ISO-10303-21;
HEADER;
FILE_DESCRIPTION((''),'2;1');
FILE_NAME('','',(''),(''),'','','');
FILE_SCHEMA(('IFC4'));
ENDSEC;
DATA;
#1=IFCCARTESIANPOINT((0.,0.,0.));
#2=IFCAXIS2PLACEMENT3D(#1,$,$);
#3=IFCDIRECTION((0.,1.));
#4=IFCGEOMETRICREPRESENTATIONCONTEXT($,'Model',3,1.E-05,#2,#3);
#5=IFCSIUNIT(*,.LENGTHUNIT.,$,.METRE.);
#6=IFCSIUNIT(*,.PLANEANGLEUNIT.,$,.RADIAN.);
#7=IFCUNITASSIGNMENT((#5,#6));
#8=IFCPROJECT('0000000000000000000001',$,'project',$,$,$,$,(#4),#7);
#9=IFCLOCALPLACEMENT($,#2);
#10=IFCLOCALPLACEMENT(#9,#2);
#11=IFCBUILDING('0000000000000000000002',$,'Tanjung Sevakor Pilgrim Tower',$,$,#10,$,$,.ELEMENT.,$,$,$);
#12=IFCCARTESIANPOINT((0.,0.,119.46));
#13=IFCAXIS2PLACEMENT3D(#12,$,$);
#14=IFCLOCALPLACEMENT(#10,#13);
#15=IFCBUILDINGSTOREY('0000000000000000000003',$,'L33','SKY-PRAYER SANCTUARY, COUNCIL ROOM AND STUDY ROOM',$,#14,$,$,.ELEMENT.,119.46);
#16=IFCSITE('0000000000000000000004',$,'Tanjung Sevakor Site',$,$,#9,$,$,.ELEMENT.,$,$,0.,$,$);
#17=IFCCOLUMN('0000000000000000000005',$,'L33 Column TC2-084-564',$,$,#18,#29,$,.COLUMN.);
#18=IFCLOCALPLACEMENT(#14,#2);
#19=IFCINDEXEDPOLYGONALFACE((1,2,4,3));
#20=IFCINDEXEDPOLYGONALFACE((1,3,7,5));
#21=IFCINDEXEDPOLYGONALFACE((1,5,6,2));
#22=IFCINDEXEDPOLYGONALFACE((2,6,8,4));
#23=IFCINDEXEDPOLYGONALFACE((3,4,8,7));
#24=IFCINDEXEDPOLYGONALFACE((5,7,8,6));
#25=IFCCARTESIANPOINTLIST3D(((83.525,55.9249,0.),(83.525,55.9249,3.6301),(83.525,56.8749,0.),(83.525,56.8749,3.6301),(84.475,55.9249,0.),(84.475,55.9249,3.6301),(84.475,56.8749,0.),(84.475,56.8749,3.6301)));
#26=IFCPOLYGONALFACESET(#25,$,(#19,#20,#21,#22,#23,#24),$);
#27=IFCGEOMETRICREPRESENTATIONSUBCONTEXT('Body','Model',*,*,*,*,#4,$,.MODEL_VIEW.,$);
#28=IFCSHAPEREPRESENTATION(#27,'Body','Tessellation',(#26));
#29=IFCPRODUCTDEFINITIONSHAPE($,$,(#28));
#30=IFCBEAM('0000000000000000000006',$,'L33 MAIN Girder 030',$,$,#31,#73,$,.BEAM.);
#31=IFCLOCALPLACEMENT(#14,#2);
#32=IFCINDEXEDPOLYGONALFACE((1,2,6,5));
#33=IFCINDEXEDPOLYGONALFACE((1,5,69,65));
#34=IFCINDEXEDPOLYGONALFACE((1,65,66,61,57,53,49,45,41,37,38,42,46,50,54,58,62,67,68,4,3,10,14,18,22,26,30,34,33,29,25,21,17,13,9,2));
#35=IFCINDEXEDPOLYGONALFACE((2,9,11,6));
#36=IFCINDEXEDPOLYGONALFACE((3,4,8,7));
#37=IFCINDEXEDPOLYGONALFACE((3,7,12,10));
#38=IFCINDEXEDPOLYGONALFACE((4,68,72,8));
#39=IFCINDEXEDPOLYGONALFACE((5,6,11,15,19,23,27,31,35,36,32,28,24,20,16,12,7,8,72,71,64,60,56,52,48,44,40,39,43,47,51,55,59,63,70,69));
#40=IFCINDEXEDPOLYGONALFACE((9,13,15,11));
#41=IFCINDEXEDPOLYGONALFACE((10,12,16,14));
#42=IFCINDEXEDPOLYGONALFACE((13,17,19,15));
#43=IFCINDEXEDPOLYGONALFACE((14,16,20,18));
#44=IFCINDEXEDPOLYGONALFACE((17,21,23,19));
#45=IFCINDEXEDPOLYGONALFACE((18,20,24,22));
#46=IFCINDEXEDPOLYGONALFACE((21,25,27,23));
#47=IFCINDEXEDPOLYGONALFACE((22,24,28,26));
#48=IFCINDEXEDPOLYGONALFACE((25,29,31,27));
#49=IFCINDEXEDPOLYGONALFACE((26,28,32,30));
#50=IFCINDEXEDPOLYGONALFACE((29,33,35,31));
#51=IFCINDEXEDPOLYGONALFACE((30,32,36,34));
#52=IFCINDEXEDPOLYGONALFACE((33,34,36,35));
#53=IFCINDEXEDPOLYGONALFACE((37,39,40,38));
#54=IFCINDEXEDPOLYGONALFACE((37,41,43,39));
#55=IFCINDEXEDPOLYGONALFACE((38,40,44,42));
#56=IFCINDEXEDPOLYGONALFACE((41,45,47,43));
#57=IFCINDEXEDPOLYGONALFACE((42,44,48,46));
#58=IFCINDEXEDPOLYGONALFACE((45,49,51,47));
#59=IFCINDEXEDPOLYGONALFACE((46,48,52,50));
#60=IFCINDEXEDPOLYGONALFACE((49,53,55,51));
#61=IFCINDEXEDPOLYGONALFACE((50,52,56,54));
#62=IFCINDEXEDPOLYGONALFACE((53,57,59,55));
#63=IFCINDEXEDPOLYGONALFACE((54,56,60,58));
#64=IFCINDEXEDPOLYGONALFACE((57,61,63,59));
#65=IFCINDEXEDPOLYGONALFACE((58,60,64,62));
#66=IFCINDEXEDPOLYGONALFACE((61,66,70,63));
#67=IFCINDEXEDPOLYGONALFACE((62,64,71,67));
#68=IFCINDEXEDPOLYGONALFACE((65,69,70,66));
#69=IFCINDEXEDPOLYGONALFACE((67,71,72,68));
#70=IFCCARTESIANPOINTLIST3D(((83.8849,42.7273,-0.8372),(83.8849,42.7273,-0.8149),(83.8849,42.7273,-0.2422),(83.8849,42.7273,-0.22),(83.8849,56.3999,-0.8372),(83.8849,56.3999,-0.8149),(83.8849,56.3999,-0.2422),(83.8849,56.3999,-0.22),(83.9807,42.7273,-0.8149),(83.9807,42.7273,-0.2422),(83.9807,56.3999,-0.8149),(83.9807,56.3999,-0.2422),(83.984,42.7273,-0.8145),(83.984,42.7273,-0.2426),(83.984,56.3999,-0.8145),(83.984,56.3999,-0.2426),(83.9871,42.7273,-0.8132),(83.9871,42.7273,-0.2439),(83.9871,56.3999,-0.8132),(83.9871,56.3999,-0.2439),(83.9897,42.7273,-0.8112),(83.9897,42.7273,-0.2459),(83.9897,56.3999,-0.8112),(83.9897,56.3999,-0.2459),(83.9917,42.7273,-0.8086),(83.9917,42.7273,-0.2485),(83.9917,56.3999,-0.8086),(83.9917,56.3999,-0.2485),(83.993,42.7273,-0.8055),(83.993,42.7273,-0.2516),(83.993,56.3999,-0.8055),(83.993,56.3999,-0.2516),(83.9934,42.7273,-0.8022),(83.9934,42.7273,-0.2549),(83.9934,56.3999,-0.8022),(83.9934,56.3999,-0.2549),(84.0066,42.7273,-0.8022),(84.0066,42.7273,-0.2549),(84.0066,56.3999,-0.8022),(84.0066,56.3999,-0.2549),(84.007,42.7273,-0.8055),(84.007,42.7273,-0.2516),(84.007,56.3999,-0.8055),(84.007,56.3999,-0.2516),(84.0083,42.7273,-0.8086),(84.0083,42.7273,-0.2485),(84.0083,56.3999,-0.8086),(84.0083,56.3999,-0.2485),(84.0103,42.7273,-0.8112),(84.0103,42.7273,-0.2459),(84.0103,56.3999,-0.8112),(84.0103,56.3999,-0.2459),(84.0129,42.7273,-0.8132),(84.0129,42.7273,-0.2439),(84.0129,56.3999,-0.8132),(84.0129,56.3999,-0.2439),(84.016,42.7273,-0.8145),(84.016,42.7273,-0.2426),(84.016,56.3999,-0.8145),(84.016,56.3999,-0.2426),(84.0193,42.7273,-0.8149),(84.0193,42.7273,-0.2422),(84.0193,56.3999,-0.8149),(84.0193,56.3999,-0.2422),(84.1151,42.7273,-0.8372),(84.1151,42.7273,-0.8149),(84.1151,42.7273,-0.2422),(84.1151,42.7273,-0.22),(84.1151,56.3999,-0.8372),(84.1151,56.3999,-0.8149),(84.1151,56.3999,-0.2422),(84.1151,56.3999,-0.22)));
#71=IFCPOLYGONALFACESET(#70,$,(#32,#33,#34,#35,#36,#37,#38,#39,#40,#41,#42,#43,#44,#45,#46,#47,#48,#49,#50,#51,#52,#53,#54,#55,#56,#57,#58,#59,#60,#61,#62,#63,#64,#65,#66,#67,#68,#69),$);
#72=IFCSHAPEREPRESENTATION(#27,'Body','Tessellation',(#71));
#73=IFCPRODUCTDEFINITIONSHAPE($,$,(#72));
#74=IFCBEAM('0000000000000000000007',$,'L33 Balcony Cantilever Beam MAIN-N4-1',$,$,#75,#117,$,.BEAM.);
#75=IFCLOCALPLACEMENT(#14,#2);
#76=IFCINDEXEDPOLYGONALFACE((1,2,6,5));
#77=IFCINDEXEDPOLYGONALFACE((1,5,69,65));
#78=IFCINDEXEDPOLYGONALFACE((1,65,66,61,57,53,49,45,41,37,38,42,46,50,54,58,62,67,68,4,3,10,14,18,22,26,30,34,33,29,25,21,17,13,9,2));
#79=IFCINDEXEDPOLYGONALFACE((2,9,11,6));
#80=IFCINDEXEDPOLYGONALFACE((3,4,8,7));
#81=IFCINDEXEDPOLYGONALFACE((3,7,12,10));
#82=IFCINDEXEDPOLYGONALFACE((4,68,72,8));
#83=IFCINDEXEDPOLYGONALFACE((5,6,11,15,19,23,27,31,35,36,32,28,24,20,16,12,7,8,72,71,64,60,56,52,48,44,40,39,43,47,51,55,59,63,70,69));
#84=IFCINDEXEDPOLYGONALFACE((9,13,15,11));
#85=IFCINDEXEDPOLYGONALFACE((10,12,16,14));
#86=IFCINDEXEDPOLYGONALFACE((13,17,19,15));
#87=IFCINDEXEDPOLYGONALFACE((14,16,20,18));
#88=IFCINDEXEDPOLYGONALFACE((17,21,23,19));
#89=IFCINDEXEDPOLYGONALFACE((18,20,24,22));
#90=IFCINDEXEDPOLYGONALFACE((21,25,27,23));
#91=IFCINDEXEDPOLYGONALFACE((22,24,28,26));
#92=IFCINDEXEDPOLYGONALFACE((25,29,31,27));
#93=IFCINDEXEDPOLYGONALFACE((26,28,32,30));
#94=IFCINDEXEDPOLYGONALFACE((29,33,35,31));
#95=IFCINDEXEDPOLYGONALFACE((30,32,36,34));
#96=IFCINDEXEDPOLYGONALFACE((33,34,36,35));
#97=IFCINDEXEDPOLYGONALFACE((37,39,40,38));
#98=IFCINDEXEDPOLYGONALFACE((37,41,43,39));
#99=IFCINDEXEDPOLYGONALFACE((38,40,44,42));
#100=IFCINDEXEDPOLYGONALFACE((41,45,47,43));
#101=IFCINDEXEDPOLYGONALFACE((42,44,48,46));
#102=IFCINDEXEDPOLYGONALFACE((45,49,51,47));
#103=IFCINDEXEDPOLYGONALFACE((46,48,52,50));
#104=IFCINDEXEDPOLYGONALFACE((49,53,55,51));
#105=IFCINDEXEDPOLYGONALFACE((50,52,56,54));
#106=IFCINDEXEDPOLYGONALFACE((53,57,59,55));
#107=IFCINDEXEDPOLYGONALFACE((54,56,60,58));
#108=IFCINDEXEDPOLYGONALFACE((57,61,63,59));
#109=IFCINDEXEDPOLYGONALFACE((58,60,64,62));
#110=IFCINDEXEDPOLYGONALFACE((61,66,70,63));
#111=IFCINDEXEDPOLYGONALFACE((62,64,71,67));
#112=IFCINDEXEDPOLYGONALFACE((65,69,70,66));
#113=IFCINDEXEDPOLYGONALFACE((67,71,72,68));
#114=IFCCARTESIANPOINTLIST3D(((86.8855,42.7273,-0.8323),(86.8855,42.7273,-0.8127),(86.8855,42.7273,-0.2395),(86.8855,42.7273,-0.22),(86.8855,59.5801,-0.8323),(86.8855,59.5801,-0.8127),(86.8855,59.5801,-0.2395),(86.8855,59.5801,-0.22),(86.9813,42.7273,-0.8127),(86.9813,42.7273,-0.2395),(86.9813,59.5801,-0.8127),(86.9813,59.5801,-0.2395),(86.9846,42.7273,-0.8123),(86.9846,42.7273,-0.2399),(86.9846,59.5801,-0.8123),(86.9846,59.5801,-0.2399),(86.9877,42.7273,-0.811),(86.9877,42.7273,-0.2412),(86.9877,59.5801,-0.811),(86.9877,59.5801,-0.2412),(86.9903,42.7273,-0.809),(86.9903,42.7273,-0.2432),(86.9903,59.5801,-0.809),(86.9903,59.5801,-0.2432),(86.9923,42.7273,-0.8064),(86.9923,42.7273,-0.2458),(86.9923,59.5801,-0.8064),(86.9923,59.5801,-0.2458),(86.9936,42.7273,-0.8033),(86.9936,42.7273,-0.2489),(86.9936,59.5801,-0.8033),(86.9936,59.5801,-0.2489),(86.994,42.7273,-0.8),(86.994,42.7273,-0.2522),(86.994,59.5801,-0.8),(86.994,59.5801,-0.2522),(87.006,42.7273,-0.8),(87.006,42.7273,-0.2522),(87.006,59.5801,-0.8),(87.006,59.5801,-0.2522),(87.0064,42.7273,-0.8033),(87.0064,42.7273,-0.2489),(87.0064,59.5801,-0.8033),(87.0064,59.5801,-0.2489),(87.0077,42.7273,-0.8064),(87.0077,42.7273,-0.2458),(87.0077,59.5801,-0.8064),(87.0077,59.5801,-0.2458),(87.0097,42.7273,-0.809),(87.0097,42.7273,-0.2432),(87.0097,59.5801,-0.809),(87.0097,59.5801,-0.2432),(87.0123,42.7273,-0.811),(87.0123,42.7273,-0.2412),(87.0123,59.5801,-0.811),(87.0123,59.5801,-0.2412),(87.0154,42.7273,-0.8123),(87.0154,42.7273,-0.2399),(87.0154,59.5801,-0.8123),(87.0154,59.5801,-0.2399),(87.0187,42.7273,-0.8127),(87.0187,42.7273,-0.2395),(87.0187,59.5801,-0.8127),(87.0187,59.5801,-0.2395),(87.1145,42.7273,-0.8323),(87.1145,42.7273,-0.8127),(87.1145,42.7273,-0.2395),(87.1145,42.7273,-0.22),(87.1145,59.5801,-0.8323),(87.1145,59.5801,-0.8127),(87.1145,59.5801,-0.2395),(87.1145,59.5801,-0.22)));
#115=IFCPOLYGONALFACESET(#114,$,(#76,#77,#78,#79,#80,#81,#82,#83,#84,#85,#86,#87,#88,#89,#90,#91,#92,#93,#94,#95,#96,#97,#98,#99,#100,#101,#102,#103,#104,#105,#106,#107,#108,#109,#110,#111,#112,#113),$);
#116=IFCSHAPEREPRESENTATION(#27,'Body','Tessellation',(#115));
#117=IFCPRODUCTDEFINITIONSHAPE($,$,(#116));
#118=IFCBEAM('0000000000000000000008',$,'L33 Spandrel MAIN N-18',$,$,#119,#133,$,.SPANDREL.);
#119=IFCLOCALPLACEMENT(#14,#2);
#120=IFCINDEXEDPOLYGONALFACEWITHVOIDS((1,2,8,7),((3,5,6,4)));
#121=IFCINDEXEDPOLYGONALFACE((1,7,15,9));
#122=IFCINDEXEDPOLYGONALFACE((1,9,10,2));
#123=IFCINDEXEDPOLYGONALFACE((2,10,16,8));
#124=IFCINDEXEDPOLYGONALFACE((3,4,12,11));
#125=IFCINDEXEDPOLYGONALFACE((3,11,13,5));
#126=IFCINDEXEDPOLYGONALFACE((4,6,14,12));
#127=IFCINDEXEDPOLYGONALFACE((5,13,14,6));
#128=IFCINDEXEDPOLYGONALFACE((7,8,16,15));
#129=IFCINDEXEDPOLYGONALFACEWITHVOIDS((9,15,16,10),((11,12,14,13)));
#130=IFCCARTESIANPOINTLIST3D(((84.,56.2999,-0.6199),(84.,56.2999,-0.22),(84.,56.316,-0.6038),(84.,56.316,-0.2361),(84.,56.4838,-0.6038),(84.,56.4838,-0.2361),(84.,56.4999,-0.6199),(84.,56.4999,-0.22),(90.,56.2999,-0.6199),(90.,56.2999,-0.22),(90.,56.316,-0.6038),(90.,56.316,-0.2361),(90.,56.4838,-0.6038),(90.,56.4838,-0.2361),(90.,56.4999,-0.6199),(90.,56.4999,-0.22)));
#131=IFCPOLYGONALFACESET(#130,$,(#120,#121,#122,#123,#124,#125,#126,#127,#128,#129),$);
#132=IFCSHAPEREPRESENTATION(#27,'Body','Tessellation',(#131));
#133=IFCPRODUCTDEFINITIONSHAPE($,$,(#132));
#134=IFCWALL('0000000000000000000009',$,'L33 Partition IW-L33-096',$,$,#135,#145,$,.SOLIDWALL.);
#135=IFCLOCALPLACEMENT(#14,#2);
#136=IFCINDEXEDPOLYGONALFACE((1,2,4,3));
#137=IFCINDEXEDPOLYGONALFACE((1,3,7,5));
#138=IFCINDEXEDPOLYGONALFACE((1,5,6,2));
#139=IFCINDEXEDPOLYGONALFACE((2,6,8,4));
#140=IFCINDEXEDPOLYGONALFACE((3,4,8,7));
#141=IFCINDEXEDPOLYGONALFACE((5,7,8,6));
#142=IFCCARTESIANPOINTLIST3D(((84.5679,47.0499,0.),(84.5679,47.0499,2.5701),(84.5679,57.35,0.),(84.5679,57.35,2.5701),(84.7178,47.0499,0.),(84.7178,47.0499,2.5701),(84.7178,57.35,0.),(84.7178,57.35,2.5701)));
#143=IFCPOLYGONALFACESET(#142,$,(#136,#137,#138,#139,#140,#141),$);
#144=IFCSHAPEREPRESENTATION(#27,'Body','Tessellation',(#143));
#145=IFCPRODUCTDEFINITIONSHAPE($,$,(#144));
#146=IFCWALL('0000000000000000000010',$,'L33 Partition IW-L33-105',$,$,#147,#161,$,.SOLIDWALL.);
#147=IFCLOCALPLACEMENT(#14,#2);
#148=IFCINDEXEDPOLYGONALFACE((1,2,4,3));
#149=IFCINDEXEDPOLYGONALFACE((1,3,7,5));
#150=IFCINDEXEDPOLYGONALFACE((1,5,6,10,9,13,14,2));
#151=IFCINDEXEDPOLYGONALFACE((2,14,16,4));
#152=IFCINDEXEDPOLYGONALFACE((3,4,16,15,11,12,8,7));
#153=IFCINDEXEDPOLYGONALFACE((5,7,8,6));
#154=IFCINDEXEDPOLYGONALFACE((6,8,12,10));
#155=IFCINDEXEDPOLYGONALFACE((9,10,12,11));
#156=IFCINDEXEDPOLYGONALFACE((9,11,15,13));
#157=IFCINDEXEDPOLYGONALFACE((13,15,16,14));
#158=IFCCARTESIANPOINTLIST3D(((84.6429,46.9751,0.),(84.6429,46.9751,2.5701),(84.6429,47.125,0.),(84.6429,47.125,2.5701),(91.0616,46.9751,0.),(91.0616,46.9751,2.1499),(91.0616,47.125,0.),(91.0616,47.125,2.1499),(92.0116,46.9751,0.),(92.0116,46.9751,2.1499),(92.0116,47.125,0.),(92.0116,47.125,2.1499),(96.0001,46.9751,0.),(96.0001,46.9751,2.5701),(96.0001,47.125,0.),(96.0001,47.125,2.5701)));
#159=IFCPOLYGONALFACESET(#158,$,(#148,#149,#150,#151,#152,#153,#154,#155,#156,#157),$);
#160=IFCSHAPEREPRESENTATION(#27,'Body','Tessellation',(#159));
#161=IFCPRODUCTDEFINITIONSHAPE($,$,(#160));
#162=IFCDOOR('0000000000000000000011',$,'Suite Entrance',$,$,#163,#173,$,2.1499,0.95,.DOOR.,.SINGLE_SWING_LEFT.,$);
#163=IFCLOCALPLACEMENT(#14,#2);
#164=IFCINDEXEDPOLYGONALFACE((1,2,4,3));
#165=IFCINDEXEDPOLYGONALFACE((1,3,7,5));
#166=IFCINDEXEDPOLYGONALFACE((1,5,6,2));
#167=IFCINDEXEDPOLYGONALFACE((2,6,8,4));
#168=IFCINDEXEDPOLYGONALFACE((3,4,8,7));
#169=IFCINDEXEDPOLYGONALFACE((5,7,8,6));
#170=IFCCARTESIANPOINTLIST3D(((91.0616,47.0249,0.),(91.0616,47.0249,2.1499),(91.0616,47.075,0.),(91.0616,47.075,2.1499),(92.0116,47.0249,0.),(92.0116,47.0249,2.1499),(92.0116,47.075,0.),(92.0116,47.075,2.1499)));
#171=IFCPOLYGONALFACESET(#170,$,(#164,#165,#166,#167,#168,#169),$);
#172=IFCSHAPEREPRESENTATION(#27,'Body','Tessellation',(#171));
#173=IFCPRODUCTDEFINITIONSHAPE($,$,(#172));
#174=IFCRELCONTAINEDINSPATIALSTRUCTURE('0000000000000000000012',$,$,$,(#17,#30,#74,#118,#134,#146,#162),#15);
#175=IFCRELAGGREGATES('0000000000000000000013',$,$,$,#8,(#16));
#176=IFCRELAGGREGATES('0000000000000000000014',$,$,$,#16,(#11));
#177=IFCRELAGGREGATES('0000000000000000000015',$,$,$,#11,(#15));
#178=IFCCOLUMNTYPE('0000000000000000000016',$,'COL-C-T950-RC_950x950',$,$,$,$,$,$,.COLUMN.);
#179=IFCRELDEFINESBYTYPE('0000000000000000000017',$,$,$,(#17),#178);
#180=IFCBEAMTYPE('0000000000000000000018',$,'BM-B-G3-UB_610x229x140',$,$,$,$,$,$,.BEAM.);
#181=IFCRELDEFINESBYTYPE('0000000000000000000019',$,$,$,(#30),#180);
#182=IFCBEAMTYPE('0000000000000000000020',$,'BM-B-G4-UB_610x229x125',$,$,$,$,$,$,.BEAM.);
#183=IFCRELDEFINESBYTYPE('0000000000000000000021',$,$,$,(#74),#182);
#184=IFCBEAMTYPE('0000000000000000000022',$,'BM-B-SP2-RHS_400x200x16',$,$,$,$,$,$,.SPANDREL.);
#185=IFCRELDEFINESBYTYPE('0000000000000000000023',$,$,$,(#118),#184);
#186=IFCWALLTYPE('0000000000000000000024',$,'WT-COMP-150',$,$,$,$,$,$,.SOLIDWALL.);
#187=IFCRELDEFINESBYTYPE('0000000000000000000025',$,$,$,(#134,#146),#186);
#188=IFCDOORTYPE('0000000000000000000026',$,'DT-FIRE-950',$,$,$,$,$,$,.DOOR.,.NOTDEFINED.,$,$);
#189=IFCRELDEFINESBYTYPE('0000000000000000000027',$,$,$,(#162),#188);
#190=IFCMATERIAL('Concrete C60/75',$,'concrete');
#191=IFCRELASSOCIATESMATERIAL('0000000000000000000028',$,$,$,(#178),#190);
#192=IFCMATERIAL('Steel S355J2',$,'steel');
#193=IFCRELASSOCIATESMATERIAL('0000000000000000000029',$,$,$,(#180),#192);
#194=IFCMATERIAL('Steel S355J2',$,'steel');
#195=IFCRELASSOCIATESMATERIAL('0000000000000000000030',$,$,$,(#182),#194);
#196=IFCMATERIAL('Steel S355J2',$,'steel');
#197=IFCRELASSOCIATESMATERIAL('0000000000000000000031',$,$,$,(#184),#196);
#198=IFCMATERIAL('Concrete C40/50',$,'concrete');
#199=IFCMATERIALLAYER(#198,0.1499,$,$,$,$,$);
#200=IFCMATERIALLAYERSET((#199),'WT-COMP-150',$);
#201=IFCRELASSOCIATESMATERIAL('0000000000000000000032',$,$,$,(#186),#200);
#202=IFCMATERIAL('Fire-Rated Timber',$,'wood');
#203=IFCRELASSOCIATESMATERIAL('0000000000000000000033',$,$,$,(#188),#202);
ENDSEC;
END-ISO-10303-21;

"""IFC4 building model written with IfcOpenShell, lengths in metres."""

from ifc_helpers import new_model, si_unit, direction, frame, frame_2d, origin, origin_2d, place, context, subcontext, project, spatial, rectangle, hollow_rectangle, i_section, extrude, material, layer, layer_set, material_profile, profile_set, type_object, element, fill, save


model = new_model("IFC4")

# Units and contexts
model_context = context("Model", 3, precision=1e-05, world=origin(), true_north=direction((0.0, 1.0)))
body_context = subcontext(model_context, "Body", "Model", "MODEL_VIEW")
ifc_project = project(units=[si_unit("LENGTHUNIT", "METRE"), si_unit("PLANEANGLEUNIT", "RADIAN")], contexts=[model_context])

# Site, building, storey
site_placement = place(None, origin())
site = spatial("IfcSite", under=ifc_project, at=site_placement, Name="Tanjung Sevakor Site", CompositionType="ELEMENT", RefElevation=0.0)
building_placement = place(site_placement, origin())
building = spatial("IfcBuilding", under=site, at=building_placement, Name="Tanjung Sevakor Pilgrim Tower", CompositionType="ELEMENT")
storey_placement = place(building_placement, frame((0.0, 0.0, 119.46)))
storey = spatial("IfcBuildingStorey", under=building, at=storey_placement, Name="L33", Description="SKY-PRAYER SANCTUARY, COUNCIL ROOM AND STUDY ROOM", CompositionType="ELEMENT", Elevation=119.46)

# Column
ifc_material_1 = material(Name="Concrete C60/75", Category="concrete")
ifc_material_profile_1 = material_profile(ifc_material_1, rectangle(XDim=0.95, YDim=0.95, at=origin_2d()))
ifc_profile_set_1 = profile_set([ifc_material_profile_1], Name="Concrete C60/75")
column_type = type_object("IfcColumnType", Name="COL-C-T950-RC_950x950", PredefinedType="COLUMN", material=ifc_profile_set_1)
column_placement = place(storey_placement, frame((84.0, 56.3999, 0.0), z_axis=(0.0, 0.0, 1.0), x_axis=(1.0, 0.0, 0.0)))
element("IfcColumn", 1, at=column_placement, inside=storey, type_object=column_type, Name="L33 Column TC2-084-564", PredefinedType="COLUMN", context=body_context, shape_type="SweptSolid", body=[
    extrude(rectangle(XDim=0.95, YDim=0.95, at=origin_2d()), origin(), (0.0, 0.0, 1.0), 3.6301),
])

# Beams
ifc_material_2 = material(Name="Steel S355J2", Category="steel")
ifc_material_profile_2 = material_profile(ifc_material_2, i_section(OverallWidth=0.2302, OverallDepth=0.6172, WebThickness=0.0132, FlangeThickness=0.0222, FilletRadius=0.0127, at=origin_2d()))
ifc_profile_set_2 = profile_set([ifc_material_profile_2], Name="Steel S355J2")
beam_type_1 = type_object("IfcBeamType", Name="BM-B-G3-UB_610x229x140", PredefinedType="BEAM", material=ifc_profile_set_2)
beam_1_placement = place(storey_placement, frame((84.0, 42.7273, -0.5286), z_axis=(0.0, 1.0, 0.0), x_axis=(-1.0, 0.0, 0.0)))
element("IfcBeam", 2, at=beam_1_placement, inside=storey, type_object=beam_type_1, Name="L33 MAIN Girder 030", PredefinedType="BEAM", context=body_context, shape_type="SweptSolid", body=[
    extrude(i_section(OverallWidth=0.2302, OverallDepth=0.6172, WebThickness=0.0132, FlangeThickness=0.0222, FilletRadius=0.0127, at=origin_2d()), origin(), (0.0, 0.0, 1.0), 13.6726),
])
ifc_material_3 = material(Name="Steel S355J2", Category="steel")
ifc_material_profile_3 = material_profile(ifc_material_3, i_section(OverallWidth=0.229, OverallDepth=0.6123, WebThickness=0.012, FlangeThickness=0.0195, FilletRadius=0.0127, at=origin_2d()))
ifc_profile_set_3 = profile_set([ifc_material_profile_3], Name="Steel S355J2")
beam_type_2 = type_object("IfcBeamType", Name="BM-B-G4-UB_610x229x125", PredefinedType="BEAM", material=ifc_profile_set_3)
beam_2_placement = place(storey_placement, frame((87.0, 42.7273, -0.5261), z_axis=(0.0, 1.0, 0.0), x_axis=(-1.0, 0.0, 0.0)))
element("IfcBeam", 3, at=beam_2_placement, inside=storey, type_object=beam_type_2, Name="L33 Balcony Cantilever Beam MAIN-N4-1", PredefinedType="BEAM", context=body_context, shape_type="SweptSolid", body=[
    extrude(i_section(OverallWidth=0.229, OverallDepth=0.6123, WebThickness=0.012, FlangeThickness=0.0195, FilletRadius=0.0127, at=origin_2d()), origin(), (0.0, 0.0, 1.0), 16.8528),
])
ifc_material_4 = material(Name="Steel S355J2", Category="steel")
ifc_material_profile_4 = material_profile(ifc_material_4, hollow_rectangle(XDim=0.2, YDim=0.3999, WallThickness=0.0161, at=origin_2d()))
ifc_profile_set_4 = profile_set([ifc_material_profile_4], Name="Steel S355J2")
beam_type_3 = type_object("IfcBeamType", Name="BM-B-SP2-RHS_400x200x16", PredefinedType="SPANDREL", material=ifc_profile_set_4)
beam_3_placement = place(storey_placement, frame((84.0, 56.3999, -0.4199), z_axis=(1.0, 0.0, 0.0), x_axis=(0.0, 1.0, 0.0)))
element("IfcBeam", 4, at=beam_3_placement, inside=storey, type_object=beam_type_3, Name="L33 Spandrel MAIN N-18", PredefinedType="SPANDREL", context=body_context, shape_type="SweptSolid", body=[
    extrude(hollow_rectangle(XDim=0.2, YDim=0.3999, WallThickness=0.0161, at=origin_2d()), origin(), (0.0, 0.0, 1.0), 6.0),
])

# Wall
ifc_material_5 = material(Name="Concrete C40/50", Category="concrete")
ifc_layer_1 = layer(ifc_material_5, 0.1499)
ifc_layer_set_1 = layer_set([ifc_layer_1], Name="WT-COMP-150")
wall_type_1 = type_object("IfcWallType", Name="WT-COMP-150", PredefinedType="SOLIDWALL", material=ifc_layer_set_1)
wall_1_placement = place(storey_placement, frame((84.6428, 47.05, 0.0), z_axis=(0.0, 0.0, 1.0), x_axis=(0.0, 1.0, 0.0)))
element("IfcWall", 5, at=wall_1_placement, inside=storey, type_object=wall_type_1, Name="L33 Partition IW-L33-096", PredefinedType="SOLIDWALL", context=body_context, shape_type="SweptSolid", body=[
    extrude(rectangle(XDim=10.3, YDim=0.1499, at=frame_2d((5.1499, 0.0))), origin(), (0.0, 0.0, 1.0), 2.5701),
])

# Wall, opening, door
wall_2_placement = place(storey_placement, frame((84.6428, 47.05, 0.0), z_axis=(0.0, 0.0, 1.0), x_axis=(1.0, 0.0, 0.0)))
wall_2 = element("IfcWall", 6, at=wall_2_placement, inside=storey, type_object=wall_type_1, Name="L33 Partition IW-L33-105", PredefinedType="SOLIDWALL", context=body_context, shape_type="SweptSolid", body=[
    extrude(rectangle(XDim=11.3572, YDim=0.1499, at=frame_2d((5.6787, 0.0))), origin(), (0.0, 0.0, 1.0), 2.5701),
])
opening_1_placement = place(wall_2_placement, frame((6.4187, 0.0, 0.0)))
opening_1 = element("IfcOpeningElement", 7, at=opening_1_placement, cuts=wall_2, PredefinedType="OPENING", context=body_context, shape_type="SweptSolid", body=[
    extrude(rectangle(XDim=0.95, YDim=2.1499, at=frame_2d((0.4751, 1.075))), frame((0.0, 0.085, 0.0), z_axis=(0.0, -1.0, 0.0), x_axis=(1.0, 0.0, 0.0)), (0.0, 0.0, 1.0), 0.1699),
])
ifc_material_6 = material(Name="Fire-Rated Timber", Category="wood")
door_type_1 = type_object("IfcDoorType", Name="DT-FIRE-950", OperationType="NOTDEFINED", PredefinedType="DOOR", material=ifc_material_6)
door_1_placement = place(opening_1_placement, origin())
door_1 = element("IfcDoor", 8, at=door_1_placement, inside=storey, type_object=door_type_1, Name="Suite Entrance", OperationType="SINGLE_SWING_LEFT", OverallHeight=2.1499, OverallWidth=0.95, PredefinedType="DOOR", context=body_context, shape_type="SweptSolid", body=[
    extrude(rectangle(XDim=0.95, YDim=2.1499, at=frame_2d((0.4751, 1.075))), frame((0.0, 0.0249, 0.0), z_axis=(0.0, -1.0, 0.0), x_axis=(1.0, 0.0, 0.0)), (0.0, 0.0, 1.0), 0.05),
])
fill(opening_1, door_1)

save(model, "model.ifc")
